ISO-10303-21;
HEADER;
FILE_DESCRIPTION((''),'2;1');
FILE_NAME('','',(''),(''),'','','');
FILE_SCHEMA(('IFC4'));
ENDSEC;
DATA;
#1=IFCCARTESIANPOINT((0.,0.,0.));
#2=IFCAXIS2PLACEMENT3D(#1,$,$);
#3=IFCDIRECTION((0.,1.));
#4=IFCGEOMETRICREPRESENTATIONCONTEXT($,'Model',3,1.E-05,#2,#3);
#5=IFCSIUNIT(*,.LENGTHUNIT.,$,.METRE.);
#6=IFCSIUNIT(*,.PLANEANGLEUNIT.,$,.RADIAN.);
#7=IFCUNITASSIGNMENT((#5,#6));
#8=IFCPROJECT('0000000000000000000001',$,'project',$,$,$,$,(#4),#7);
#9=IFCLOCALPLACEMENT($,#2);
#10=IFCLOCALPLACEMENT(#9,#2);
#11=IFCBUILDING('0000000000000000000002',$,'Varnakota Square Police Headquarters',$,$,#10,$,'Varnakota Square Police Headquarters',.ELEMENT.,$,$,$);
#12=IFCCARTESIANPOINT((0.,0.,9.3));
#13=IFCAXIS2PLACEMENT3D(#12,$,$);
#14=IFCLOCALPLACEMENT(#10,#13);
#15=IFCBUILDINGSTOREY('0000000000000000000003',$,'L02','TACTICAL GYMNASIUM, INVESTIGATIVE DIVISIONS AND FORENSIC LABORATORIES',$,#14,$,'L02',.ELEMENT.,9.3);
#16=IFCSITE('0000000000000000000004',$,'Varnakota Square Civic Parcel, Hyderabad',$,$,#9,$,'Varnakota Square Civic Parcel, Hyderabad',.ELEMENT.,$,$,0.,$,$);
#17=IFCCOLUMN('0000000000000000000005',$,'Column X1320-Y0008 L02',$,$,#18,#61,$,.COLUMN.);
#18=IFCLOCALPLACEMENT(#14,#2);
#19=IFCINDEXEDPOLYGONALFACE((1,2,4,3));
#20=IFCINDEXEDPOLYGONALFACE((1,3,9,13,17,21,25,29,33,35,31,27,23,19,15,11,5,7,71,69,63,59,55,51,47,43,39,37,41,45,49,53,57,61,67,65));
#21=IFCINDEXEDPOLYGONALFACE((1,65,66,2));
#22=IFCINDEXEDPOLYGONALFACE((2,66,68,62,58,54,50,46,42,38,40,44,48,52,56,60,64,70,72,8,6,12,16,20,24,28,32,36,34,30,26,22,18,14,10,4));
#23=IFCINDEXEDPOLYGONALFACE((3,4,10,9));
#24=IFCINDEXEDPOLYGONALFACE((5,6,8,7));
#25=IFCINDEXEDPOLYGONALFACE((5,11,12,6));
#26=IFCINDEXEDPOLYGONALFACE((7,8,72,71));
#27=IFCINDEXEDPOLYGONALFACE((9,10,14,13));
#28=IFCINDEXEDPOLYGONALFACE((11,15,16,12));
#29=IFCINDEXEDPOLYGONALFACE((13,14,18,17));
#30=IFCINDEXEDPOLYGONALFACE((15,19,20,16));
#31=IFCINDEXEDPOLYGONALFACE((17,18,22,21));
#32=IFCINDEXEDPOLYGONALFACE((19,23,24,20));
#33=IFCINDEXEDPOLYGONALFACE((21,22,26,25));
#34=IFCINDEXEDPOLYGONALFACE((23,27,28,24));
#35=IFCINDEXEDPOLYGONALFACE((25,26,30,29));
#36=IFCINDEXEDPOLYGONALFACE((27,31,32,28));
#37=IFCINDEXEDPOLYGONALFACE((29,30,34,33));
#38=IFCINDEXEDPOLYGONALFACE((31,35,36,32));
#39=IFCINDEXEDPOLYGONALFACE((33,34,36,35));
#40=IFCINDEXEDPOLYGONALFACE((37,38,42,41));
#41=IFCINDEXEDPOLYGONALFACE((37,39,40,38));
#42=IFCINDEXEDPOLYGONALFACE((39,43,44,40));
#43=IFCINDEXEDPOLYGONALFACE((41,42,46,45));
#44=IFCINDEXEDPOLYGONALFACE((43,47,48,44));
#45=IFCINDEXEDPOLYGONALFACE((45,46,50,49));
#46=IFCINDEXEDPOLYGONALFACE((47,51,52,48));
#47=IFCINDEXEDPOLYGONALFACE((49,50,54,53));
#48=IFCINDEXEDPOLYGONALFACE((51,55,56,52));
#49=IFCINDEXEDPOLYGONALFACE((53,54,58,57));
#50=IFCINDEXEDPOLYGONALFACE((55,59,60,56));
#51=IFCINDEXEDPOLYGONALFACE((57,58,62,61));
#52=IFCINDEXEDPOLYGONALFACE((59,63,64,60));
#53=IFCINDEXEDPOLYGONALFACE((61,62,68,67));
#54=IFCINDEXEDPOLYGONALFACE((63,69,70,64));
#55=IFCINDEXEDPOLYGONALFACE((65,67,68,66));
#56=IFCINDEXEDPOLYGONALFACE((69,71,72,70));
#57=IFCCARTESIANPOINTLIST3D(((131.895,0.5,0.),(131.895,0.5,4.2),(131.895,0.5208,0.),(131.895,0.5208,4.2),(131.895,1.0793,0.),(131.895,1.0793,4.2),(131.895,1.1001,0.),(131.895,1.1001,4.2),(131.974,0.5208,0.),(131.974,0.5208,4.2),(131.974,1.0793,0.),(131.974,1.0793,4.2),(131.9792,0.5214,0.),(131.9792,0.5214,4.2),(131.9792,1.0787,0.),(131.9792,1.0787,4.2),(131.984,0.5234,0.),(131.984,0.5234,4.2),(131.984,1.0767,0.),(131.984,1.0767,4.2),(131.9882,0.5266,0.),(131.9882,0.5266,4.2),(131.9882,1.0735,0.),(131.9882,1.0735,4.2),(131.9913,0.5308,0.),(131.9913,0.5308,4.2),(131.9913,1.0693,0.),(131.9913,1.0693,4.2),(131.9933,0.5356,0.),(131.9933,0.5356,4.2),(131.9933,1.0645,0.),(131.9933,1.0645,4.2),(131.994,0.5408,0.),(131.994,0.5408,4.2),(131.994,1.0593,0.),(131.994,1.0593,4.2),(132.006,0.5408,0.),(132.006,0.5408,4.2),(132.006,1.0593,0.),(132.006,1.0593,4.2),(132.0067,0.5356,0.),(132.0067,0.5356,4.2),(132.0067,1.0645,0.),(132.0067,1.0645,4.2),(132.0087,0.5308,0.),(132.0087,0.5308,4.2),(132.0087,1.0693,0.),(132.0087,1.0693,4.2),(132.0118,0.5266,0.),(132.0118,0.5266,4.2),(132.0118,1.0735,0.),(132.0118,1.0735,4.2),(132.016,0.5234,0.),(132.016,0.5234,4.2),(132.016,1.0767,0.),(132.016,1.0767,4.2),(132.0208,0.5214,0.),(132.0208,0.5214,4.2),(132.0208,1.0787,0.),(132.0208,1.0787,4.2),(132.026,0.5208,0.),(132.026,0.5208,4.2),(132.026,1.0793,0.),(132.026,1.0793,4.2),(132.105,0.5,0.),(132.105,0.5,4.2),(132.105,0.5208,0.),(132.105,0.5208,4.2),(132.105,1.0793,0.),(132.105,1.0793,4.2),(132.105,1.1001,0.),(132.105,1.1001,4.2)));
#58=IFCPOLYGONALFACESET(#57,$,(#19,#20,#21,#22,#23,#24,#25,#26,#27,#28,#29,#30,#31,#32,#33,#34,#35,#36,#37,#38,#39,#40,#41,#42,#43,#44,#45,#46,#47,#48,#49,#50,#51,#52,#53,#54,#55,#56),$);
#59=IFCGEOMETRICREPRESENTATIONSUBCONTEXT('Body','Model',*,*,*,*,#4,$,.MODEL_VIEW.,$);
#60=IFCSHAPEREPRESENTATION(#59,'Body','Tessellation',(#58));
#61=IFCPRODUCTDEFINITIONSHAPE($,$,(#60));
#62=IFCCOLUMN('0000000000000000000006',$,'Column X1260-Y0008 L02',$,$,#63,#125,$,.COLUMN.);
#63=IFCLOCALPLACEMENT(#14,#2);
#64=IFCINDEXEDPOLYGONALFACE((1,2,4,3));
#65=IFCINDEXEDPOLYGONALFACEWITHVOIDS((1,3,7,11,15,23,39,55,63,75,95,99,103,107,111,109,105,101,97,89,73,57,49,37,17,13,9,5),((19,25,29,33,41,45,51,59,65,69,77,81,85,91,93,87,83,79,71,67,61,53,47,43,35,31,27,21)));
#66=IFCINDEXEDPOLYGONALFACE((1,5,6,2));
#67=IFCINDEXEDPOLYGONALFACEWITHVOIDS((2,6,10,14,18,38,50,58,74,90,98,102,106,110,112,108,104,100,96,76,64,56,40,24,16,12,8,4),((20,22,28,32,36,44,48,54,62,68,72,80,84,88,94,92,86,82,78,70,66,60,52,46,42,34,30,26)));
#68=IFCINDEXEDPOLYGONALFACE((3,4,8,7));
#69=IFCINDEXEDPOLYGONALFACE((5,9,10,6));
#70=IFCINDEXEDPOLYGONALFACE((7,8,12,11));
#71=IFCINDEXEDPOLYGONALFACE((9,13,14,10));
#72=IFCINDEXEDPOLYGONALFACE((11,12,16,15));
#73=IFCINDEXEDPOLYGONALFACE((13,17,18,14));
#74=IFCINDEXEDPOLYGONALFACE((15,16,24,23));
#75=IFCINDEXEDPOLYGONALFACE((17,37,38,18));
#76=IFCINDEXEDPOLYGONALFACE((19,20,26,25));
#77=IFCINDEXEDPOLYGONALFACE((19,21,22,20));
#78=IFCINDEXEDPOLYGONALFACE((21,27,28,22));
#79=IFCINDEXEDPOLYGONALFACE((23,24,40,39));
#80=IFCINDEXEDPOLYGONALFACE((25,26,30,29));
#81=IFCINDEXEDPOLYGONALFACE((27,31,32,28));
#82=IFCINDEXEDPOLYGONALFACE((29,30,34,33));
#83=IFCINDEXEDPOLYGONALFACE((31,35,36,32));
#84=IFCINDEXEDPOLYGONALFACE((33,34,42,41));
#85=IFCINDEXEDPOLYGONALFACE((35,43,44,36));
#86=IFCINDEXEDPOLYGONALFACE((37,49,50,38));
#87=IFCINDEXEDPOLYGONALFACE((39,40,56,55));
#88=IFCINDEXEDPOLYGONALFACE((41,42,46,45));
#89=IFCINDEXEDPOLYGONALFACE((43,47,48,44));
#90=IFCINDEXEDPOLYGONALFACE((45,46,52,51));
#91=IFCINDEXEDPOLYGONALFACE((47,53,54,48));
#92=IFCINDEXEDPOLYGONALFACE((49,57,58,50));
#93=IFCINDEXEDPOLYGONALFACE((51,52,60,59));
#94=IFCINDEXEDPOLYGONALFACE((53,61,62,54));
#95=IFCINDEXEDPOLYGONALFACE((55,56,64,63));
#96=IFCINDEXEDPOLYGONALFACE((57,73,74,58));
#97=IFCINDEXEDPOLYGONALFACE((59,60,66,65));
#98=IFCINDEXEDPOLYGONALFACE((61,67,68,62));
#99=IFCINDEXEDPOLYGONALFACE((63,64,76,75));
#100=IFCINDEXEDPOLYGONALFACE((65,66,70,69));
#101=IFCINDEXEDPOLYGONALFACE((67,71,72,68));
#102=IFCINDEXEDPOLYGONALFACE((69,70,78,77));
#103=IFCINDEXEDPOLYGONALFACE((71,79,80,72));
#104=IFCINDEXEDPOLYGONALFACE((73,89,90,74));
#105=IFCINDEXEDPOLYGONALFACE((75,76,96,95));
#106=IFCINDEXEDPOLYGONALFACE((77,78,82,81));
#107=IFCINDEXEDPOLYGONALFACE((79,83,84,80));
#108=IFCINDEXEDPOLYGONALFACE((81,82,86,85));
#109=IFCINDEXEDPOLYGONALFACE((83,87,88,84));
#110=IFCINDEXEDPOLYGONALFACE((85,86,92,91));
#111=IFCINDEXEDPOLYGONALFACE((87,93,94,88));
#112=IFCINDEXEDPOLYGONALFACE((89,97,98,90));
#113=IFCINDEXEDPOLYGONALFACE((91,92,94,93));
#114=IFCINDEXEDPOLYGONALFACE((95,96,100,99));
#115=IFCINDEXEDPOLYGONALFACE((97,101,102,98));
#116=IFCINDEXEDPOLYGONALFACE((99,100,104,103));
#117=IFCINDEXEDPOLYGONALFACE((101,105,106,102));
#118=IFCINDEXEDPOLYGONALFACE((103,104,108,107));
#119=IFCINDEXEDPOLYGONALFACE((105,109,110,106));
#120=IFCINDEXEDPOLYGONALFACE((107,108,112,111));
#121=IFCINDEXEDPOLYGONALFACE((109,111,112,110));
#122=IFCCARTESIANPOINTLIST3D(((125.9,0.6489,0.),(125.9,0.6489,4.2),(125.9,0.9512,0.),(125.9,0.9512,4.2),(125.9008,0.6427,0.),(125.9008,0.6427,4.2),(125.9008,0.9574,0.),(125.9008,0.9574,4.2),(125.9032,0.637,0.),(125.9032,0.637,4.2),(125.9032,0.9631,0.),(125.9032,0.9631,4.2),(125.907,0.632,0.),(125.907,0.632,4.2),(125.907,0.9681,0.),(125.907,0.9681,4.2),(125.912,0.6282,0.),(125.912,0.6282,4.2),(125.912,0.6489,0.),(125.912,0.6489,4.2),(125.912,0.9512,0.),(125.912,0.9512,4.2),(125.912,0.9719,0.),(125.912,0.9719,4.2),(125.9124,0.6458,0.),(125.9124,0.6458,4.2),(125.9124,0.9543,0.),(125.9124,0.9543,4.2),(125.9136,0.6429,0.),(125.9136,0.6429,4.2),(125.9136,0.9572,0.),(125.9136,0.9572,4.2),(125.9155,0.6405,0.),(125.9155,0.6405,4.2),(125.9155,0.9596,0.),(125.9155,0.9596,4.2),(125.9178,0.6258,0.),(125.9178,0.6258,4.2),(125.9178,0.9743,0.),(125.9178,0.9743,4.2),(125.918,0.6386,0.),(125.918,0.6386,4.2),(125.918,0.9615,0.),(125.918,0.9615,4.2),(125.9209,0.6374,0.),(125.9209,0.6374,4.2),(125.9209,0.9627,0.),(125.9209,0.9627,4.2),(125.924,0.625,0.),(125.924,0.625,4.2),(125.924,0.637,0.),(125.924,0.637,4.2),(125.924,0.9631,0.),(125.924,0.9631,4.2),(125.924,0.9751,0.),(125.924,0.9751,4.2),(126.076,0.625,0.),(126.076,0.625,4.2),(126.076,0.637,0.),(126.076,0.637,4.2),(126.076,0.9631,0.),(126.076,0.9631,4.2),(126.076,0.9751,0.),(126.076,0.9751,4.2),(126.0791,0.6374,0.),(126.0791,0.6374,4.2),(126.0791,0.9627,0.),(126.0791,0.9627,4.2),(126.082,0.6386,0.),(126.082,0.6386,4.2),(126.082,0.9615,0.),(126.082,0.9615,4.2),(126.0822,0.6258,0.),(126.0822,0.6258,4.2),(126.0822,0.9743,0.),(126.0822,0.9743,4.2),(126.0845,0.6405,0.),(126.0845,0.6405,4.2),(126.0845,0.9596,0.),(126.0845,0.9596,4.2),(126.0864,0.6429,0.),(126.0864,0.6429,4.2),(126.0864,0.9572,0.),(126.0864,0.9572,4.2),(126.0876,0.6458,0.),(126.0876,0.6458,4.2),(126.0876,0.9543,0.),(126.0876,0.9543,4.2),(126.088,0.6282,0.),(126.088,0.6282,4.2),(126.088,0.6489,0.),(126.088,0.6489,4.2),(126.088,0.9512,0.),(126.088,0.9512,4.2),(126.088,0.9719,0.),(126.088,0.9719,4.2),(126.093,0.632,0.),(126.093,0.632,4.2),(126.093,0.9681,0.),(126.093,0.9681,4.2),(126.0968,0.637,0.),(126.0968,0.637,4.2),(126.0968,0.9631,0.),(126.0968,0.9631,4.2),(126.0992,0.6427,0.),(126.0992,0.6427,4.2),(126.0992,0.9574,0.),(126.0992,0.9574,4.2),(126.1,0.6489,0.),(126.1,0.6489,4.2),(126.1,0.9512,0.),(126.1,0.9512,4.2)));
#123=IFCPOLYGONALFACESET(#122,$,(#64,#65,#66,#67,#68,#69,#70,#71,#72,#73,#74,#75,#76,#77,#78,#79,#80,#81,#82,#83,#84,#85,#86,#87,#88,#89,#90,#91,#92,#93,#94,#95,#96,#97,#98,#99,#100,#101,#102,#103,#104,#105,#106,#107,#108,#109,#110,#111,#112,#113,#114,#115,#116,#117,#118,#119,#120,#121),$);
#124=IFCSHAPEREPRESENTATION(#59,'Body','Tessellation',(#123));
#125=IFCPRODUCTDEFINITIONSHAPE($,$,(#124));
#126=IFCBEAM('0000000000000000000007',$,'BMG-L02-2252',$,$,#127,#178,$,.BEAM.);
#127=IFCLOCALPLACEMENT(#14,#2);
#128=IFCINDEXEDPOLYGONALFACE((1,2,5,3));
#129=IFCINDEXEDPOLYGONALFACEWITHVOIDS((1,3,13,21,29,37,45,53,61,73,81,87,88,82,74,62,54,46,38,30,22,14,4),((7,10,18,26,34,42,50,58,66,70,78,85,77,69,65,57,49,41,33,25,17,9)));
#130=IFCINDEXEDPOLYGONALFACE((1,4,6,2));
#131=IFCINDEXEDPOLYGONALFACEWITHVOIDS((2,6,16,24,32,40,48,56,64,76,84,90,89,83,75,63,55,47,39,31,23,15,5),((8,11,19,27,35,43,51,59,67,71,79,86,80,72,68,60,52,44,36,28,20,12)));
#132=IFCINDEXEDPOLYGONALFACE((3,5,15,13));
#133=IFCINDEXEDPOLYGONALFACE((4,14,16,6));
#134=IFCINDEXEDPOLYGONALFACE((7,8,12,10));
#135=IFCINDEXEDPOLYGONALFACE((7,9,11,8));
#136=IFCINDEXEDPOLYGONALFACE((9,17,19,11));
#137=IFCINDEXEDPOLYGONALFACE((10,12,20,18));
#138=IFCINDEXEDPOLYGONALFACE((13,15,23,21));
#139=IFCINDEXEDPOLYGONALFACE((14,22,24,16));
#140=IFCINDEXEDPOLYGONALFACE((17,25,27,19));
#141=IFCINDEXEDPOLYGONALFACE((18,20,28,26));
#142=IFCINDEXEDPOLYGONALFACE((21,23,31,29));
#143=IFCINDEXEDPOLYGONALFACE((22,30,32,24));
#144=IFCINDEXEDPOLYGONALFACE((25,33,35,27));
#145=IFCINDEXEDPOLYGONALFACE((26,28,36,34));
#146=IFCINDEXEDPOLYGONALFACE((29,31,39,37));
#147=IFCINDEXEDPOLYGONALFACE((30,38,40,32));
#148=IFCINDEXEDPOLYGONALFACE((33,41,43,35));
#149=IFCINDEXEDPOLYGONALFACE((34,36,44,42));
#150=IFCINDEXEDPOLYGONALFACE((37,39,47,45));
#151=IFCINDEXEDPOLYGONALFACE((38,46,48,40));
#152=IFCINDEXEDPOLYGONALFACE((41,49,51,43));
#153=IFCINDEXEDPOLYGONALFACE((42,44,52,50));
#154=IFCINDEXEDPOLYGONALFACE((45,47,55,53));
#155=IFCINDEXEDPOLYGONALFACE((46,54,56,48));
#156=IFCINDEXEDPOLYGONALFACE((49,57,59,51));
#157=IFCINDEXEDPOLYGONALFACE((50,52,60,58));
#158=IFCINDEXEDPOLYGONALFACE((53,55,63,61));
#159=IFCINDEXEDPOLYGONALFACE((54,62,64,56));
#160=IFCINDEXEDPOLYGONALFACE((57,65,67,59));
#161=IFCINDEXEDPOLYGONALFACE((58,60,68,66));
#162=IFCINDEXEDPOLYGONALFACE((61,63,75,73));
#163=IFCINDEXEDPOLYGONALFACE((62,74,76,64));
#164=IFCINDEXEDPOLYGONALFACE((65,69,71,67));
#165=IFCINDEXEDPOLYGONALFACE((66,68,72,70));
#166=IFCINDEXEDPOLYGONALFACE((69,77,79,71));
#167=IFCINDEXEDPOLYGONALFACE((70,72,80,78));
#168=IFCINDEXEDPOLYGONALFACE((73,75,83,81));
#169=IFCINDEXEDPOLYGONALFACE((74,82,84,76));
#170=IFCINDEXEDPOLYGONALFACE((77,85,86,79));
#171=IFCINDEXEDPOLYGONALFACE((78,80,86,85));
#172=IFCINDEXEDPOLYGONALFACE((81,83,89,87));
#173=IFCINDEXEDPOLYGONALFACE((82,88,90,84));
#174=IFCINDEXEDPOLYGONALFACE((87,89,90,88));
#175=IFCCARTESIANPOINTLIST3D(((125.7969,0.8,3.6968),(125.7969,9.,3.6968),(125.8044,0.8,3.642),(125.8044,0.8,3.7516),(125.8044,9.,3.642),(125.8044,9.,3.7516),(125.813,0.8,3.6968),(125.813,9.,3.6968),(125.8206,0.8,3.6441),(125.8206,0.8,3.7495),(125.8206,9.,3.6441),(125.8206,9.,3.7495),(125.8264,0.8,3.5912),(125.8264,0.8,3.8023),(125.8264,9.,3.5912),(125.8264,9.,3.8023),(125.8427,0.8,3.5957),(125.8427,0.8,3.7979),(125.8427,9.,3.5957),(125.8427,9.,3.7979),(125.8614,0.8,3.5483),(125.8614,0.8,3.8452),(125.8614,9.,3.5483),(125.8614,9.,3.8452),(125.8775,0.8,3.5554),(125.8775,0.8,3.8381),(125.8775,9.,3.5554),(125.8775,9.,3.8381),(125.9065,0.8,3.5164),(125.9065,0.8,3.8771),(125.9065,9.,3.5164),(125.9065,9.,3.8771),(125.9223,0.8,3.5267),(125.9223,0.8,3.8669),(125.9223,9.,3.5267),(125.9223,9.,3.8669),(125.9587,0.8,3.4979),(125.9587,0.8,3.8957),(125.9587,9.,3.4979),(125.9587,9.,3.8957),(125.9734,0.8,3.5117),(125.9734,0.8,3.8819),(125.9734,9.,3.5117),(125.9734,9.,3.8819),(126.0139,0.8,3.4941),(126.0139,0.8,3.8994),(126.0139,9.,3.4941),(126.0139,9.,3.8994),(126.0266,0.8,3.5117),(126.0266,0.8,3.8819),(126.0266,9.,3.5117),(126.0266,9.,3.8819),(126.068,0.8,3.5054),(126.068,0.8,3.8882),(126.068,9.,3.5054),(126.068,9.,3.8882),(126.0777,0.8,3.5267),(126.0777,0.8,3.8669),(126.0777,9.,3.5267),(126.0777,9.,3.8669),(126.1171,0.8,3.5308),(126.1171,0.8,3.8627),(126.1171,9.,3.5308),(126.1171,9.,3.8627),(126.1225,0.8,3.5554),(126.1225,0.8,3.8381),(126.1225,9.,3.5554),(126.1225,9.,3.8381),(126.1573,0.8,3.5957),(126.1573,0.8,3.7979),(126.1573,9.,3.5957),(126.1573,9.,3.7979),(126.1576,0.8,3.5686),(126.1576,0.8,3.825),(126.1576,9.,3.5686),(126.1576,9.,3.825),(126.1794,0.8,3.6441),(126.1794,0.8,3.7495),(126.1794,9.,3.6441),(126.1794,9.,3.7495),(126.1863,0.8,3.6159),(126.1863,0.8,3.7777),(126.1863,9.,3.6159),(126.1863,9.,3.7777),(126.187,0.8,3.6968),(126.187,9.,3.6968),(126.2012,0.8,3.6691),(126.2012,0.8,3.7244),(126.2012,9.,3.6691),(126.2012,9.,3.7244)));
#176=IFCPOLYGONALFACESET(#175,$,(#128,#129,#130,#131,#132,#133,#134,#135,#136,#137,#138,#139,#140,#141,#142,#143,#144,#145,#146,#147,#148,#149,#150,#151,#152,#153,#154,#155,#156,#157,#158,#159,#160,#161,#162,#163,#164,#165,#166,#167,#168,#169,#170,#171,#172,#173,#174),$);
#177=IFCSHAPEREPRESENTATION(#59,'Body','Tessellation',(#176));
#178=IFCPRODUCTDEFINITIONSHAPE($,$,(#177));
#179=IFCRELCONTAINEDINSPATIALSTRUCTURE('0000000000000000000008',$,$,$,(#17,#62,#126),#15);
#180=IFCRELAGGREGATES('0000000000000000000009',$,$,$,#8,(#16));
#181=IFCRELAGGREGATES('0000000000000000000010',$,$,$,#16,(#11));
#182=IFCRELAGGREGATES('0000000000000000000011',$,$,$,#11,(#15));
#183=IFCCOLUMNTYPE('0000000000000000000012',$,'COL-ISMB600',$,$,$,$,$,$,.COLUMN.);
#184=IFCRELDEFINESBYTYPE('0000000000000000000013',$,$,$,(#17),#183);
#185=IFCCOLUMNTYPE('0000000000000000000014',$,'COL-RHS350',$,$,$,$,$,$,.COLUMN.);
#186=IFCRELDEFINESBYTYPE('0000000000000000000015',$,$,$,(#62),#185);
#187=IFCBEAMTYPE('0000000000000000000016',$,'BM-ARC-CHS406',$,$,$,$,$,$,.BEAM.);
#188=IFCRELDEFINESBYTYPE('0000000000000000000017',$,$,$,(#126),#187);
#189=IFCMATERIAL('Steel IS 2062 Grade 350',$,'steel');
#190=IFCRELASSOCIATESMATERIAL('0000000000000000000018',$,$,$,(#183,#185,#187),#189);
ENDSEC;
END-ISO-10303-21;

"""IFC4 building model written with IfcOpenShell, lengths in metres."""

from ifc_helpers import new_model, si_unit, direction, frame, origin, origin_2d, place, context, subcontext, project, spatial, hollow_rectangle, hollow_circle, i_section, extrude, material, material_profile, profile_set, type_object, element, save


model = new_model("IFC4")

# Units and contexts
model_context = context("Model", 3, precision=1e-05, world=origin(), true_north=direction((0.0, 1.0)))
body_context = subcontext(model_context, "Body", "Model", "MODEL_VIEW")
ifc_project = project(units=[si_unit("LENGTHUNIT", "METRE"), si_unit("PLANEANGLEUNIT", "RADIAN")], contexts=[model_context])

# Site, building, storey
site_placement = place(None, origin())
site = spatial("IfcSite", under=ifc_project, at=site_placement, Name="Varnakota Square Civic Parcel, Hyderabad", LongName="Varnakota Square Civic Parcel, Hyderabad", CompositionType="ELEMENT", RefElevation=0.0)
building_placement = place(site_placement, origin())
building = spatial("IfcBuilding", under=site, at=building_placement, Name="Varnakota Square Police Headquarters", LongName="Varnakota Square Police Headquarters", CompositionType="ELEMENT")
storey_placement = place(building_placement, frame((0.0, 0.0, 9.3)))
storey = spatial("IfcBuildingStorey", under=building, at=storey_placement, Name="L02", Description="TACTICAL GYMNASIUM, INVESTIGATIVE DIVISIONS AND FORENSIC LABORATORIES", LongName="L02", CompositionType="ELEMENT", Elevation=9.3)

# Columns
ifc_material_1 = material(Name="Steel IS 2062 Grade 350", Category="steel")
ifc_material_profile_1 = material_profile(ifc_material_1, i_section(OverallWidth=0.21, OverallDepth=0.6001, WebThickness=0.012, FlangeThickness=0.0208, FilletRadius=0.02, at=origin_2d()), Name="ISMB 600")
ifc_profile_set_1 = profile_set([ifc_material_profile_1], Name="Steel IS 2062 Grade 350")
column_type_1 = type_object("IfcColumnType", Name="COL-ISMB600", PredefinedType="COLUMN", material=ifc_profile_set_1)
column_1_placement = place(storey_placement, frame((132.0, 0.8, 0.0), z_axis=(0.0, 0.0, 1.0), x_axis=(1.0, 0.0, 0.0)))
element("IfcColumn", 1, at=column_1_placement, inside=storey, type_object=column_type_1, Name="Column X1320-Y0008 L02", PredefinedType="COLUMN", context=body_context, shape_type="SweptSolid", body=[
    extrude(i_section(OverallWidth=0.21, OverallDepth=0.6001, WebThickness=0.012, FlangeThickness=0.0208, FilletRadius=0.02, at=origin_2d()), origin(), (0.0, 0.0, 1.0), 4.2),
])
ifc_material_profile_2 = material_profile(ifc_material_1, hollow_rectangle(XDim=0.2, YDim=0.3501, WallThickness=0.012, InnerFilletRadius=0.012, OuterFilletRadius=0.0239, at=origin_2d()), Name="RHS 350x200x12")
ifc_profile_set_2 = profile_set([ifc_material_profile_2], Name="Steel IS 2062 Grade 350")
column_type_2 = type_object("IfcColumnType", Name="COL-RHS350", PredefinedType="COLUMN", material=ifc_profile_set_2)
column_2_placement = place(storey_placement, frame((126.0, 0.8, 0.0), z_axis=(0.0, 0.0, 1.0), x_axis=(1.0, 0.0, 0.0)))
element("IfcColumn", 2, at=column_2_placement, inside=storey, type_object=column_type_2, Name="Column X1260-Y0008 L02", PredefinedType="COLUMN", context=body_context, shape_type="SweptSolid", body=[
    extrude(hollow_rectangle(XDim=0.2, YDim=0.3501, WallThickness=0.012, InnerFilletRadius=0.012, OuterFilletRadius=0.0239, at=origin_2d()), origin(), (0.0, 0.0, 1.0), 4.2),
])

# Beam
ifc_material_profile_3 = material_profile(ifc_material_1, hollow_circle(Radius=0.2031, WallThickness=0.0161, at=origin_2d()), Name="CHS 406.4x16.0")
ifc_profile_set_3 = profile_set([ifc_material_profile_3], Name="Steel IS 2062 Grade 350")
beam_type_1 = type_object("IfcBeamType", Name="BM-ARC-CHS406", PredefinedType="BEAM", material=ifc_profile_set_3)
for number, where, z_axis, x_axis, name in (
    (3, (126.0, 0.8, 3.6968), (0.0, 1.0, 0.0), (-1.0, 0.0, 0.0), "BMG-L02-2252"),
):
    element("IfcBeam", number, at=place(storey_placement, frame(where, z_axis=z_axis, x_axis=x_axis)), inside=storey, type_object=beam_type_1, Name=name, PredefinedType="BEAM", context=body_context, shape_type="SweptSolid", body=[
        extrude(hollow_circle(Radius=0.2031, WallThickness=0.0161, at=origin_2d()), origin(), (0.0, 0.0, 1.0), 8.2),
    ])

save(model, "model.ifc")
